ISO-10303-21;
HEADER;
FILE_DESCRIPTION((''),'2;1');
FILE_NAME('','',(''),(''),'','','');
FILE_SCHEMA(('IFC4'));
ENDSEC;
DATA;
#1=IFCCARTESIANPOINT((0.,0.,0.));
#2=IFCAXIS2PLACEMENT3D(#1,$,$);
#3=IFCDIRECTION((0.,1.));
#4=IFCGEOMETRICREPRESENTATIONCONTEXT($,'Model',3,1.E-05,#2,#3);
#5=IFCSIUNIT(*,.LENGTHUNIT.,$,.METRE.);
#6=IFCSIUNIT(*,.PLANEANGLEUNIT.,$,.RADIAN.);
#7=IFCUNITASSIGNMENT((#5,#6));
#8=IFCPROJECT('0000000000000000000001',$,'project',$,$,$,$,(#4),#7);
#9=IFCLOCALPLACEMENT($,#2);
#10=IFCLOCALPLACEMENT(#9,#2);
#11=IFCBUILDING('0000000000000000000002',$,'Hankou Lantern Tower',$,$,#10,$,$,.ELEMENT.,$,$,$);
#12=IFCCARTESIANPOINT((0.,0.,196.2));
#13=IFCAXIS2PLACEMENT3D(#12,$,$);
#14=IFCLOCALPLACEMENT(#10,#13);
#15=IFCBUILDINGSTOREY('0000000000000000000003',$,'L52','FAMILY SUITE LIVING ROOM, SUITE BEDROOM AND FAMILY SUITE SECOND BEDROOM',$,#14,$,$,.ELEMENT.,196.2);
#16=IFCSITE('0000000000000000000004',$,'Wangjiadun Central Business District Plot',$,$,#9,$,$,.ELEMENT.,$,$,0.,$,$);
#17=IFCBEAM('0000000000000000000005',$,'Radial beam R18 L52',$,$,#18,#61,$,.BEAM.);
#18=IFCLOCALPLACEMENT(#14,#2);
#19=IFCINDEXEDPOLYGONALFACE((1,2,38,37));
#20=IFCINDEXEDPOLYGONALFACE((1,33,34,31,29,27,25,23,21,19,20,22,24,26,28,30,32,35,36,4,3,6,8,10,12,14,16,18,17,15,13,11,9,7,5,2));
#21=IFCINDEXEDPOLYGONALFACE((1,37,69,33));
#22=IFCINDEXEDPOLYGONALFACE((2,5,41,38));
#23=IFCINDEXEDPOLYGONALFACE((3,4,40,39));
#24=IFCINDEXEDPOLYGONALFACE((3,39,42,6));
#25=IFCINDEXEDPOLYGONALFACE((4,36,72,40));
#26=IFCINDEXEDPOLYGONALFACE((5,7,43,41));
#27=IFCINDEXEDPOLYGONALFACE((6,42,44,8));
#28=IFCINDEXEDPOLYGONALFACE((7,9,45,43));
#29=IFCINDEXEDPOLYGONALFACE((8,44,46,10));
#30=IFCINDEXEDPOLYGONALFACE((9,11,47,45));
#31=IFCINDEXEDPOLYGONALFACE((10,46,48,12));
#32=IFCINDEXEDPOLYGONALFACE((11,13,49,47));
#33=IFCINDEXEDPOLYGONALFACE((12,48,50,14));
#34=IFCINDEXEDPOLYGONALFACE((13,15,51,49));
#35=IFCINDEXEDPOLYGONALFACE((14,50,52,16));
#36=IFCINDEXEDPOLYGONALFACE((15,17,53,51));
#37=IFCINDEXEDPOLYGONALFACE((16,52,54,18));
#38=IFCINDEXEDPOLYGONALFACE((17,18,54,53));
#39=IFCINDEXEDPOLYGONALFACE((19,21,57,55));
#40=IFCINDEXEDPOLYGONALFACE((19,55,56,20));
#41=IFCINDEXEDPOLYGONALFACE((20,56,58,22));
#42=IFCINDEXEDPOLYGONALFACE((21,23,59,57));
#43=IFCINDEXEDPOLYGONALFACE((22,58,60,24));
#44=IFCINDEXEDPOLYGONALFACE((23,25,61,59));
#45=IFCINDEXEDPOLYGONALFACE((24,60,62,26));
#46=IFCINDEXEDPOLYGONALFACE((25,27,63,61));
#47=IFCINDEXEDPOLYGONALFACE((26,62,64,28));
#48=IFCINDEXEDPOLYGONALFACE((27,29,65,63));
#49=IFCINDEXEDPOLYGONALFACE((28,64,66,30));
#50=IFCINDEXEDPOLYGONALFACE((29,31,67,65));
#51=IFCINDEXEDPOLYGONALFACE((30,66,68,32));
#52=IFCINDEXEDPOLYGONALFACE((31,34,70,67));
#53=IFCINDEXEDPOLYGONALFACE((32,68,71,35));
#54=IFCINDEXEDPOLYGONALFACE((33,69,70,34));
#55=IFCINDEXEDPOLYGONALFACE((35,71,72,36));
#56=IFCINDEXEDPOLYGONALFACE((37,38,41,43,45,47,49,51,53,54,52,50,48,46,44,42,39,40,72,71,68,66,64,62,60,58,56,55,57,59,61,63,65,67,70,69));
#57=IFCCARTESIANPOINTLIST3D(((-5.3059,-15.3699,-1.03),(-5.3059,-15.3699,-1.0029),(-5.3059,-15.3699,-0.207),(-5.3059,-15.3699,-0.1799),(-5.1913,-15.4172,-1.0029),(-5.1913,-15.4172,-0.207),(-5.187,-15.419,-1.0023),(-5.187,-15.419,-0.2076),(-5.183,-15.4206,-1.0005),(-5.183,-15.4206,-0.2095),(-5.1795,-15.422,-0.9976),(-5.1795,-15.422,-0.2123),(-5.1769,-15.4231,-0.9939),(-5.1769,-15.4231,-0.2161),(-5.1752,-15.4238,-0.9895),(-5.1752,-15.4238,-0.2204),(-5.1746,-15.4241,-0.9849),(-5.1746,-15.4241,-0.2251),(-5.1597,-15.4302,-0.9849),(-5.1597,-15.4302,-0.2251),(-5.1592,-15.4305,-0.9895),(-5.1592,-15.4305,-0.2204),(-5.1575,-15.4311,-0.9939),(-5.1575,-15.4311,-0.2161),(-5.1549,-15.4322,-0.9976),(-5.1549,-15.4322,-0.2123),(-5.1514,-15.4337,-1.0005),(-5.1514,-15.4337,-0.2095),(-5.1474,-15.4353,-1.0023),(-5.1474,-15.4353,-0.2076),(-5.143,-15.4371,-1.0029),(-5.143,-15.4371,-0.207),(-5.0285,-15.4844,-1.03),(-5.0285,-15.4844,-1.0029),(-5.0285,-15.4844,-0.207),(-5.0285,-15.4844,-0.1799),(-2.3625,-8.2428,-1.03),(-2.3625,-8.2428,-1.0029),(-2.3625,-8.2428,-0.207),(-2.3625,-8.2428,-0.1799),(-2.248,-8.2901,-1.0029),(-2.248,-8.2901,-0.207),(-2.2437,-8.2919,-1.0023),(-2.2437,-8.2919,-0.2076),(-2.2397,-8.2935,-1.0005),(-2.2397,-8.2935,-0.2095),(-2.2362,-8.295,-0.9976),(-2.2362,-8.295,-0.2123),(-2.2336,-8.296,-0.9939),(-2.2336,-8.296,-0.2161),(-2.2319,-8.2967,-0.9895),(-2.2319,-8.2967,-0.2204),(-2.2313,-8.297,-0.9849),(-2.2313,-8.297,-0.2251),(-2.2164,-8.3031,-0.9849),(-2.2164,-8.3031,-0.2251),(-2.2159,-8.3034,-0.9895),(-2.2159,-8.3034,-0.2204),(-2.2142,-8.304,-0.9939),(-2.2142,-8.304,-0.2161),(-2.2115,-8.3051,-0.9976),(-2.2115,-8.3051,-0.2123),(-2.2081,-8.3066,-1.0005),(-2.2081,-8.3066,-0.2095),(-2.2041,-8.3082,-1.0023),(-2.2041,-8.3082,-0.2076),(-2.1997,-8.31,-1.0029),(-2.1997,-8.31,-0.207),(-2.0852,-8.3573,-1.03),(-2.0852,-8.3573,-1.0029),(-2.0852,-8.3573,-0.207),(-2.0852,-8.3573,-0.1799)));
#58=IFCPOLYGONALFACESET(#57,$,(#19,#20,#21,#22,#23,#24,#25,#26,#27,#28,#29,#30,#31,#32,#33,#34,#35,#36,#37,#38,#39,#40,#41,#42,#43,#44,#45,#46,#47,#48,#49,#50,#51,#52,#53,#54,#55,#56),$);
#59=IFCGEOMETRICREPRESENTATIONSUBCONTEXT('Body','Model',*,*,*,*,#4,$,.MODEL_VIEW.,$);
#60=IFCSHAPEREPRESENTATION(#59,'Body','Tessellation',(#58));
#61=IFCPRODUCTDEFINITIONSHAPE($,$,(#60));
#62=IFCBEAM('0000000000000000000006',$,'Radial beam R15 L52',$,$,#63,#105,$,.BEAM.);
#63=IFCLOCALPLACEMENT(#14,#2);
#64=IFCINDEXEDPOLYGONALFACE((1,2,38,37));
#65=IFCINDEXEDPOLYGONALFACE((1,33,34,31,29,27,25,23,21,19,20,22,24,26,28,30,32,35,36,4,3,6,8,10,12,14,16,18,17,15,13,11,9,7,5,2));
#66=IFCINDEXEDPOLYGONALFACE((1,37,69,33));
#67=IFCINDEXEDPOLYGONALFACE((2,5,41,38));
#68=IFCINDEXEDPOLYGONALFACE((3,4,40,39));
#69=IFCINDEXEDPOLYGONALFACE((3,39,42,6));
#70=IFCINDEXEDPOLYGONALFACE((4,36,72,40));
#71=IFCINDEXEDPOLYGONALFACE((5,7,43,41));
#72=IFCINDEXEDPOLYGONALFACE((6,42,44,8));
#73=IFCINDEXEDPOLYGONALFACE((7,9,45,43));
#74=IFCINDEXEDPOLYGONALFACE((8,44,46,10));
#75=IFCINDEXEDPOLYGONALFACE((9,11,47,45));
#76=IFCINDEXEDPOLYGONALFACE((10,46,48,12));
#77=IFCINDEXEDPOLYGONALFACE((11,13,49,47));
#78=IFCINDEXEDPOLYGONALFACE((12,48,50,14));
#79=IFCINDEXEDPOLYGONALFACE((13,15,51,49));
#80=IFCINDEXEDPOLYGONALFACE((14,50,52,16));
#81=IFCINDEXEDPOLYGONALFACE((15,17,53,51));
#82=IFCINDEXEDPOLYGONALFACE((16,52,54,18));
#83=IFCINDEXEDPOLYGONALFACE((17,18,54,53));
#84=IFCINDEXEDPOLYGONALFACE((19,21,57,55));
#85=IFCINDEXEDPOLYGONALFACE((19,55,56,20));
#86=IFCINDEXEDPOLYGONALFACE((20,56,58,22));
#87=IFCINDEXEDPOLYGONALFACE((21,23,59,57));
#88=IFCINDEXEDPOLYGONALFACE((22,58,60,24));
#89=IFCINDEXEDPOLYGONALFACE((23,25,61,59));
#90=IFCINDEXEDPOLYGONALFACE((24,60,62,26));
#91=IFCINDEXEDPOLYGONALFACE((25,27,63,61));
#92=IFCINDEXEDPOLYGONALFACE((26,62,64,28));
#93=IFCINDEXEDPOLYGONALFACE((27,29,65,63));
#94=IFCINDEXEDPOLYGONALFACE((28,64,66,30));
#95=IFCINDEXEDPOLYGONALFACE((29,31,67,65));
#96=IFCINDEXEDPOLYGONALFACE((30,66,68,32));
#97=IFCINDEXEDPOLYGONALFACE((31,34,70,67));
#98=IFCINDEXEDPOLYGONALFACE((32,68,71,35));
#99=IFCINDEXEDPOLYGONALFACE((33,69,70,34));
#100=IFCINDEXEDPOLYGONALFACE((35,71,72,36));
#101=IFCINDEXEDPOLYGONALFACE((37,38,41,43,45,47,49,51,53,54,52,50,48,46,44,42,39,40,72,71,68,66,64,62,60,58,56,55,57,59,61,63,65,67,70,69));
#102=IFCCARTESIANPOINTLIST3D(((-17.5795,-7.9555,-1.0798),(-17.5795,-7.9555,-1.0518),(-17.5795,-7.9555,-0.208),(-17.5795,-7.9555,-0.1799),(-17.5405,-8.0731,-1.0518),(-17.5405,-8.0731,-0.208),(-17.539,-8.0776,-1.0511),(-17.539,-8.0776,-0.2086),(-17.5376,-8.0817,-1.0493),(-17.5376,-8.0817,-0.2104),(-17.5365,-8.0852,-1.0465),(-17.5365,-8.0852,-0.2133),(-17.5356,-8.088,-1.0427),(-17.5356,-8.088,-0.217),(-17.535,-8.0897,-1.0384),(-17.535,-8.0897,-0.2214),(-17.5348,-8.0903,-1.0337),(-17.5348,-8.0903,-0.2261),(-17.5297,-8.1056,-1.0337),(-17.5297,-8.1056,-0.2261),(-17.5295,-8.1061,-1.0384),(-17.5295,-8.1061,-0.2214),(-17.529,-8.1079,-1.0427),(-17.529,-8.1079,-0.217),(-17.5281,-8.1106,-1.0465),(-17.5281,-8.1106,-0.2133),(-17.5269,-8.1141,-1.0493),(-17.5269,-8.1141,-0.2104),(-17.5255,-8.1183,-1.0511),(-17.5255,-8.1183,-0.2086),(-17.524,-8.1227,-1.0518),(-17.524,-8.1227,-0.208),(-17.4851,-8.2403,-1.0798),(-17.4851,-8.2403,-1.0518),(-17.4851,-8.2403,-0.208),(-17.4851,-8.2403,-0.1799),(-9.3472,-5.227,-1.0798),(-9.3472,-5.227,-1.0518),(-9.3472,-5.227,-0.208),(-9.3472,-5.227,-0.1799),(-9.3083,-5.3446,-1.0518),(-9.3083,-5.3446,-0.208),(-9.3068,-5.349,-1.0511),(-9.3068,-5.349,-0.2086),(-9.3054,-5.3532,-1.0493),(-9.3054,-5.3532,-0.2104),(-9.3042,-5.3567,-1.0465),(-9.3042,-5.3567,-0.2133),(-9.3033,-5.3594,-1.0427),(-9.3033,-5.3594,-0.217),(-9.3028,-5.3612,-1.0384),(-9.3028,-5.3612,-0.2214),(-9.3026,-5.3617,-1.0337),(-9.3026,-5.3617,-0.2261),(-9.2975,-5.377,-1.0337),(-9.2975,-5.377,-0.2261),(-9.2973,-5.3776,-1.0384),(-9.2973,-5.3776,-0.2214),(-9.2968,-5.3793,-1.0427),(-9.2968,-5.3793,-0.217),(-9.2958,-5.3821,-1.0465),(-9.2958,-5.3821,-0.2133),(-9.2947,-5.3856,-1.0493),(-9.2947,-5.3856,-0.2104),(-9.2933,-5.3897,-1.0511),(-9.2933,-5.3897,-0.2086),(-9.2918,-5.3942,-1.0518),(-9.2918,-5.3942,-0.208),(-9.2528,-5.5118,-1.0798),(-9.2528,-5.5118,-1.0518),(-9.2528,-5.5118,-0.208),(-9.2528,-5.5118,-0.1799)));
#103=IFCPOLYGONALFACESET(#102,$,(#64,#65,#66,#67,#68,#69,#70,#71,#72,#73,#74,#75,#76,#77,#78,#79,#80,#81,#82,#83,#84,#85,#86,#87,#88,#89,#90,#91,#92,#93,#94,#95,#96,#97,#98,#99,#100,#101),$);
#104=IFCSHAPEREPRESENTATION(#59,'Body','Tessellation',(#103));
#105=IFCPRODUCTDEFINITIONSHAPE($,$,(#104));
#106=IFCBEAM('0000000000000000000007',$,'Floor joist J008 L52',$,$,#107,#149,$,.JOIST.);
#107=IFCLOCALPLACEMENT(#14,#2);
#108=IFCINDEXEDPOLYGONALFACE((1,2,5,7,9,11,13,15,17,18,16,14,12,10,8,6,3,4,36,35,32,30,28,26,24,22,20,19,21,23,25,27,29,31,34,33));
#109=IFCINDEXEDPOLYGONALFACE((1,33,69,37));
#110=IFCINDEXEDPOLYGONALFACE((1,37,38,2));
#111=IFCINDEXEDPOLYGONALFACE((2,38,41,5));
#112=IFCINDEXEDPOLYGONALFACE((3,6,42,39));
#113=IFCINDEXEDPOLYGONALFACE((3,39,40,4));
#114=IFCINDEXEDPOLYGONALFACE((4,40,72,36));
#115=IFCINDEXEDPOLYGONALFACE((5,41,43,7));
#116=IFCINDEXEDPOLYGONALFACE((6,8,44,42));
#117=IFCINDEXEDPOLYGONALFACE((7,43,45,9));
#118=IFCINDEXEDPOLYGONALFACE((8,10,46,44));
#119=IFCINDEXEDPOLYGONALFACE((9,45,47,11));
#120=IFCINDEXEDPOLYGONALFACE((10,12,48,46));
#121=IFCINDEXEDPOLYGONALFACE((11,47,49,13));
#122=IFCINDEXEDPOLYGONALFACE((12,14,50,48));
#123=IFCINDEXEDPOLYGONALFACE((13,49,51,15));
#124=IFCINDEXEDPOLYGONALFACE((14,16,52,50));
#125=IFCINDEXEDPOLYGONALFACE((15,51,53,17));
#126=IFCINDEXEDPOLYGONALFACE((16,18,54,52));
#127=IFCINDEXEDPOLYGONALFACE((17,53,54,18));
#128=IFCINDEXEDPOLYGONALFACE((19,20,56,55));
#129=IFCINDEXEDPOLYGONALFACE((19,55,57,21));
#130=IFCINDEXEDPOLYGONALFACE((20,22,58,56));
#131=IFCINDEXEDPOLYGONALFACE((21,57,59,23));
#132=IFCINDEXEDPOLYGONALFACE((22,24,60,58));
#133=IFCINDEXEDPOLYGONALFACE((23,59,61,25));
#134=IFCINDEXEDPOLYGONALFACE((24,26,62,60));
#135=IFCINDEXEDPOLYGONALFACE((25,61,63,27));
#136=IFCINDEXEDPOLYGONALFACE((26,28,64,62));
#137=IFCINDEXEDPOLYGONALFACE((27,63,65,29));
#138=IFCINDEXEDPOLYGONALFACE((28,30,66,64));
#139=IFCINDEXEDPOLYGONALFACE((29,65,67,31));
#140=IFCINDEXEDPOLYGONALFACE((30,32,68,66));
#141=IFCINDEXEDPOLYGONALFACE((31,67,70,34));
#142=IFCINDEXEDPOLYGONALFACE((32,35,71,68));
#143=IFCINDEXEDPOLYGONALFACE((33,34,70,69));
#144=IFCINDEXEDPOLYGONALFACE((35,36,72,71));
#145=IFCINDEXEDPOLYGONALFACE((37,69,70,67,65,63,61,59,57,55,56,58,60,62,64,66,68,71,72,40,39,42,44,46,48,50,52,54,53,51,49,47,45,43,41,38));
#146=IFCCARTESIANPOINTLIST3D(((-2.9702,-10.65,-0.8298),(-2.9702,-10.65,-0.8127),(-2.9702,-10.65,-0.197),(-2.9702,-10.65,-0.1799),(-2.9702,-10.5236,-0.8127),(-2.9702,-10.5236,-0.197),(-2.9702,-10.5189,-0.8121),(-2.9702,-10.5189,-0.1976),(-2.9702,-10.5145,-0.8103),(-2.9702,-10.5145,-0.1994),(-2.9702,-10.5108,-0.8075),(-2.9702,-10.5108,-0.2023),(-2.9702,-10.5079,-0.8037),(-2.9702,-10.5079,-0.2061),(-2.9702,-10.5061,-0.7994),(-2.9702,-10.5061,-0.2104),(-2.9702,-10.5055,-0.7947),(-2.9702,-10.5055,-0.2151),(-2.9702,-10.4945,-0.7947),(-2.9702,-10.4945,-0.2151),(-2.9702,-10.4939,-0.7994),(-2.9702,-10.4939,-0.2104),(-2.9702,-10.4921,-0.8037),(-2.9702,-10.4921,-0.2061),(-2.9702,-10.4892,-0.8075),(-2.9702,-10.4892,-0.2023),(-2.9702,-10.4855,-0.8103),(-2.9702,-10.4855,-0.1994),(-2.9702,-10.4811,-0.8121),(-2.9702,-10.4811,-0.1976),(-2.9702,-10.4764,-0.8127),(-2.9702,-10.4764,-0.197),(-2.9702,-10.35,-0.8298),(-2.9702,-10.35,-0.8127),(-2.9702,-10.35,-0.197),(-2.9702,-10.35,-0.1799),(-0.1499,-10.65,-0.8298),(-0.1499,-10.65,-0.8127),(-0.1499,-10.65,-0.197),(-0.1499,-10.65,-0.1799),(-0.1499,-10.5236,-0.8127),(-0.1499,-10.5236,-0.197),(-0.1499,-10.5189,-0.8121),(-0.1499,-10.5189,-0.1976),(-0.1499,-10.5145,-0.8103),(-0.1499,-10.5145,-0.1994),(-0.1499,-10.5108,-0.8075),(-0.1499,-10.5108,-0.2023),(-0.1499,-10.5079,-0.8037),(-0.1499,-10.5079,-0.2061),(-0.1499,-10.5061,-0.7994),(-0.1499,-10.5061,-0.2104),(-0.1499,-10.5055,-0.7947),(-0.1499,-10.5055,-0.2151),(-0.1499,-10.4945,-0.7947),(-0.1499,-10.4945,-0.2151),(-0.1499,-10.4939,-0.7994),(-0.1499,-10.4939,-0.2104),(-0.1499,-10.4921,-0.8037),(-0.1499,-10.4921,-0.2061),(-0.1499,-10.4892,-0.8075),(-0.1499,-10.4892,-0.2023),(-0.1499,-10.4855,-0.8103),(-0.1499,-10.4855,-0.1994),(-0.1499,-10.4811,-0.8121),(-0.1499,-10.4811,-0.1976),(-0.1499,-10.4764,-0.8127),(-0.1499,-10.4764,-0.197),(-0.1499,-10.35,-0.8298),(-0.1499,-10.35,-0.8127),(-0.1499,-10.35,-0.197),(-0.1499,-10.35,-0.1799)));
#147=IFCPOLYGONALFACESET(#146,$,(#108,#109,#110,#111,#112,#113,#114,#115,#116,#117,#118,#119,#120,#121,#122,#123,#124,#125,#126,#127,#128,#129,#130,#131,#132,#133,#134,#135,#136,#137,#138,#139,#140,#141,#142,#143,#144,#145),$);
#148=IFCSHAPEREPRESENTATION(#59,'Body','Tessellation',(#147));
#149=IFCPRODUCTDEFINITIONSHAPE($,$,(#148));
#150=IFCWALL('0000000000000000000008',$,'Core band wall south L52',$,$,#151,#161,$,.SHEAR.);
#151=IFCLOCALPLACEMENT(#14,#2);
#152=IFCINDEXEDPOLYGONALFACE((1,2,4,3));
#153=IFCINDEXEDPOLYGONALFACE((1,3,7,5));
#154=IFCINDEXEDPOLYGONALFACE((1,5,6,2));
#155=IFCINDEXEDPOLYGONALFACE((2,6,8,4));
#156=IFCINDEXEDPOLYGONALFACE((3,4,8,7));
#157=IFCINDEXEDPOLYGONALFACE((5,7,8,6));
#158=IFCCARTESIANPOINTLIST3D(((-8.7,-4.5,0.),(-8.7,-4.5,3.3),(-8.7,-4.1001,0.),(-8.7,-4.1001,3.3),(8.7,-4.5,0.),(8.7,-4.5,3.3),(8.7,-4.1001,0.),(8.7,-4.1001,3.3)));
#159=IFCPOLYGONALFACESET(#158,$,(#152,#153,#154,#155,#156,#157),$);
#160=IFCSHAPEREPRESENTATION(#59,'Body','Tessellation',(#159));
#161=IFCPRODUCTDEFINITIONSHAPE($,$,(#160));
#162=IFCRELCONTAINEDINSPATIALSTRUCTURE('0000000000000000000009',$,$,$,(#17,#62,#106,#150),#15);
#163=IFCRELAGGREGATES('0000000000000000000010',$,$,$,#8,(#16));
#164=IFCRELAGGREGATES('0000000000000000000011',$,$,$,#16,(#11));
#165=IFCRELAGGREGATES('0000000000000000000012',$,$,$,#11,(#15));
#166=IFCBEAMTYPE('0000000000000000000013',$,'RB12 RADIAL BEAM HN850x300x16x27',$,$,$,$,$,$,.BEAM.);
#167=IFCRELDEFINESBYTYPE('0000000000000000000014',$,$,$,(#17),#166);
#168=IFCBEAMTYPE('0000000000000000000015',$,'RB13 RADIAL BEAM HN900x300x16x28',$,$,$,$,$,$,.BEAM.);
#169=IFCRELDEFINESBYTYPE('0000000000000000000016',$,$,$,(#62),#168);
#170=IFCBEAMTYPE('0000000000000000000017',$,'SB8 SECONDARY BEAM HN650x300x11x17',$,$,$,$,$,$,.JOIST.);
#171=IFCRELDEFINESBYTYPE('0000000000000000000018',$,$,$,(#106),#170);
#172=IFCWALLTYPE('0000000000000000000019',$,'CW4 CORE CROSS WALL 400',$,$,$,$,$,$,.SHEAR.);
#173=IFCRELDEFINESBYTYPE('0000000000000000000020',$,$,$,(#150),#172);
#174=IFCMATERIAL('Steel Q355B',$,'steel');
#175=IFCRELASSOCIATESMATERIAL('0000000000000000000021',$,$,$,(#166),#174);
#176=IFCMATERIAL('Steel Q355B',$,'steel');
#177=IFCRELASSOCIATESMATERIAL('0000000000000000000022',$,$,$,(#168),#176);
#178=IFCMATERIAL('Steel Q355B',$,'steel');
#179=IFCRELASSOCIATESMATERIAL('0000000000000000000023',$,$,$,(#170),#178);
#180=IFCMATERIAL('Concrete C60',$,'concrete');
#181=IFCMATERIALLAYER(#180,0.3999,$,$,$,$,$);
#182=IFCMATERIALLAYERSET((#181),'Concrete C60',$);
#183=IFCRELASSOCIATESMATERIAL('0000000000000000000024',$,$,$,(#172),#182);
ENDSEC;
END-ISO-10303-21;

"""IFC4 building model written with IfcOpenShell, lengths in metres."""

from ifc_helpers import new_model, si_unit, direction, frame, frame_2d, origin, origin_2d, place, context, subcontext, project, spatial, rectangle, i_section, extrude, material, layer, layer_set, material_profile, profile_set, type_object, element, save


model = new_model("IFC4")

# Units and contexts
model_context = context("Model", 3, precision=1e-05, world=origin(), true_north=direction((0.0, 1.0)))
body_context = subcontext(model_context, "Body", "Model", "MODEL_VIEW")
ifc_project = project(units=[si_unit("LENGTHUNIT", "METRE"), si_unit("PLANEANGLEUNIT", "RADIAN")], contexts=[model_context])

# Site, building, storey
site_placement = place(None, origin())
site = spatial("IfcSite", under=ifc_project, at=site_placement, Name="Wangjiadun Central Business District Plot", CompositionType="ELEMENT", RefElevation=0.0)
building_placement = place(site_placement, origin())
building = spatial("IfcBuilding", under=site, at=building_placement, Name="Hankou Lantern Tower", CompositionType="ELEMENT")
storey_placement = place(building_placement, frame((0.0, 0.0, 196.2)))
storey = spatial("IfcBuildingStorey", under=building, at=storey_placement, Name="L52", Description="FAMILY SUITE LIVING ROOM, SUITE BEDROOM AND FAMILY SUITE SECOND BEDROOM", CompositionType="ELEMENT", Elevation=196.2)

# Beams
ifc_material_1 = material(Name="Steel Q355B", Category="steel")
ifc_material_profile_1 = material_profile(ifc_material_1, i_section(OverallWidth=0.3, OverallDepth=0.8501, WebThickness=0.0161, FlangeThickness=0.0271, FilletRadius=0.0181, at=origin_2d()), Name="HN850x300x16x27")
ifc_profile_set_1 = profile_set([ifc_material_profile_1], Name="Steel Q355B")
beam_type_1 = type_object("IfcBeamType", Name="RB12 RADIAL BEAM HN850x300x16x27", PredefinedType="BEAM", material=ifc_profile_set_1)
beam_1_placement = place(storey_placement, frame((-2.2239, -8.3, -0.605), z_axis=(-0.381707, -0.924284, 0.0), x_axis=(0.924284, -0.381707, 0.0)))
element("IfcBeam", 1, at=beam_1_placement, inside=storey, type_object=beam_type_1, Name="Radial beam R18 L52", PredefinedType="BEAM", context=body_context, shape_type="SweptSolid", body=[
    extrude(i_section(OverallWidth=0.3, OverallDepth=0.8501, WebThickness=0.0161, FlangeThickness=0.0271, FilletRadius=0.0181, at=origin_2d()), origin(), (0.0, 0.0, 1.0), 7.7109),
])
ifc_material_2 = material(Name="Steel Q355B", Category="steel")
ifc_material_profile_2 = material_profile(ifc_material_2, i_section(OverallWidth=0.3, OverallDepth=0.8999, WebThickness=0.0161, FlangeThickness=0.0281, FilletRadius=0.0181, at=origin_2d()), Name="HN900x300x16x28")
ifc_profile_set_2 = profile_set([ifc_material_profile_2], Name="Steel Q355B")
beam_type_2 = type_object("IfcBeamType", Name="RB13 RADIAL BEAM HN900x300x16x28", PredefinedType="BEAM", material=ifc_profile_set_2)
beam_2_placement = place(storey_placement, frame((-9.3, -5.3694, -0.6299), z_axis=(-0.94922, -0.314614, 0.0), x_axis=(0.314614, -0.94922, 0.0)))
element("IfcBeam", 2, at=beam_2_placement, inside=storey, type_object=beam_type_2, Name="Radial beam R15 L52", PredefinedType="BEAM", context=body_context, shape_type="SweptSolid", body=[
    extrude(i_section(OverallWidth=0.3, OverallDepth=0.8999, WebThickness=0.0161, FlangeThickness=0.0281, FilletRadius=0.0181, at=origin_2d()), origin(), (0.0, 0.0, 1.0), 8.6726),
])
ifc_material_3 = material(Name="Steel Q355B", Category="steel")
ifc_material_profile_3 = material_profile(ifc_material_3, i_section(OverallWidth=0.3, OverallDepth=0.6499, WebThickness=0.011, FlangeThickness=0.0171, FilletRadius=0.0181, at=origin_2d()), Name="HN650x300x11x17")
ifc_profile_set_3 = profile_set([ifc_material_profile_3], Name="Steel Q355B")
beam_type_3 = type_object("IfcBeamType", Name="SB8 SECONDARY BEAM HN650x300x11x17", PredefinedType="JOIST", material=ifc_profile_set_3)
beam_3_placement = place(storey_placement, frame((-2.9702, -10.5, -0.5049), z_axis=(1.0, 0.0, 0.0), x_axis=(0.0, 1.0, 0.0)))
element("IfcBeam", 3, at=beam_3_placement, inside=storey, type_object=beam_type_3, Name="Floor joist J008 L52", PredefinedType="JOIST", context=body_context, shape_type="SweptSolid", body=[
    extrude(i_section(OverallWidth=0.3, OverallDepth=0.6499, WebThickness=0.011, FlangeThickness=0.0171, FilletRadius=0.0181, at=origin_2d()), origin(), (0.0, 0.0, 1.0), 2.8203),
])

# Wall
ifc_material_4 = material(Name="Concrete C60", Category="concrete")
ifc_layer_1 = layer(ifc_material_4, 0.3999)
ifc_layer_set_1 = layer_set([ifc_layer_1], Name="Concrete C60")
wall_type_1 = type_object("IfcWallType", Name="CW4 CORE CROSS WALL 400", PredefinedType="SHEAR", material=ifc_layer_set_1)
wall_1_placement = place(storey_placement, frame((-8.7, -4.3, 0.0), z_axis=(0.0, 0.0, 1.0), x_axis=(1.0, 0.0, 0.0)))
element("IfcWall", 4, at=wall_1_placement, inside=storey, type_object=wall_type_1, Name="Core band wall south L52", PredefinedType="SHEAR", context=body_context, shape_type="SweptSolid", body=[
    extrude(rectangle(XDim=17.3999, YDim=0.3999, at=frame_2d((8.7, 0.0))), origin(), (0.0, 0.0, 1.0), 3.3),
])

save(model, "model.ifc")
